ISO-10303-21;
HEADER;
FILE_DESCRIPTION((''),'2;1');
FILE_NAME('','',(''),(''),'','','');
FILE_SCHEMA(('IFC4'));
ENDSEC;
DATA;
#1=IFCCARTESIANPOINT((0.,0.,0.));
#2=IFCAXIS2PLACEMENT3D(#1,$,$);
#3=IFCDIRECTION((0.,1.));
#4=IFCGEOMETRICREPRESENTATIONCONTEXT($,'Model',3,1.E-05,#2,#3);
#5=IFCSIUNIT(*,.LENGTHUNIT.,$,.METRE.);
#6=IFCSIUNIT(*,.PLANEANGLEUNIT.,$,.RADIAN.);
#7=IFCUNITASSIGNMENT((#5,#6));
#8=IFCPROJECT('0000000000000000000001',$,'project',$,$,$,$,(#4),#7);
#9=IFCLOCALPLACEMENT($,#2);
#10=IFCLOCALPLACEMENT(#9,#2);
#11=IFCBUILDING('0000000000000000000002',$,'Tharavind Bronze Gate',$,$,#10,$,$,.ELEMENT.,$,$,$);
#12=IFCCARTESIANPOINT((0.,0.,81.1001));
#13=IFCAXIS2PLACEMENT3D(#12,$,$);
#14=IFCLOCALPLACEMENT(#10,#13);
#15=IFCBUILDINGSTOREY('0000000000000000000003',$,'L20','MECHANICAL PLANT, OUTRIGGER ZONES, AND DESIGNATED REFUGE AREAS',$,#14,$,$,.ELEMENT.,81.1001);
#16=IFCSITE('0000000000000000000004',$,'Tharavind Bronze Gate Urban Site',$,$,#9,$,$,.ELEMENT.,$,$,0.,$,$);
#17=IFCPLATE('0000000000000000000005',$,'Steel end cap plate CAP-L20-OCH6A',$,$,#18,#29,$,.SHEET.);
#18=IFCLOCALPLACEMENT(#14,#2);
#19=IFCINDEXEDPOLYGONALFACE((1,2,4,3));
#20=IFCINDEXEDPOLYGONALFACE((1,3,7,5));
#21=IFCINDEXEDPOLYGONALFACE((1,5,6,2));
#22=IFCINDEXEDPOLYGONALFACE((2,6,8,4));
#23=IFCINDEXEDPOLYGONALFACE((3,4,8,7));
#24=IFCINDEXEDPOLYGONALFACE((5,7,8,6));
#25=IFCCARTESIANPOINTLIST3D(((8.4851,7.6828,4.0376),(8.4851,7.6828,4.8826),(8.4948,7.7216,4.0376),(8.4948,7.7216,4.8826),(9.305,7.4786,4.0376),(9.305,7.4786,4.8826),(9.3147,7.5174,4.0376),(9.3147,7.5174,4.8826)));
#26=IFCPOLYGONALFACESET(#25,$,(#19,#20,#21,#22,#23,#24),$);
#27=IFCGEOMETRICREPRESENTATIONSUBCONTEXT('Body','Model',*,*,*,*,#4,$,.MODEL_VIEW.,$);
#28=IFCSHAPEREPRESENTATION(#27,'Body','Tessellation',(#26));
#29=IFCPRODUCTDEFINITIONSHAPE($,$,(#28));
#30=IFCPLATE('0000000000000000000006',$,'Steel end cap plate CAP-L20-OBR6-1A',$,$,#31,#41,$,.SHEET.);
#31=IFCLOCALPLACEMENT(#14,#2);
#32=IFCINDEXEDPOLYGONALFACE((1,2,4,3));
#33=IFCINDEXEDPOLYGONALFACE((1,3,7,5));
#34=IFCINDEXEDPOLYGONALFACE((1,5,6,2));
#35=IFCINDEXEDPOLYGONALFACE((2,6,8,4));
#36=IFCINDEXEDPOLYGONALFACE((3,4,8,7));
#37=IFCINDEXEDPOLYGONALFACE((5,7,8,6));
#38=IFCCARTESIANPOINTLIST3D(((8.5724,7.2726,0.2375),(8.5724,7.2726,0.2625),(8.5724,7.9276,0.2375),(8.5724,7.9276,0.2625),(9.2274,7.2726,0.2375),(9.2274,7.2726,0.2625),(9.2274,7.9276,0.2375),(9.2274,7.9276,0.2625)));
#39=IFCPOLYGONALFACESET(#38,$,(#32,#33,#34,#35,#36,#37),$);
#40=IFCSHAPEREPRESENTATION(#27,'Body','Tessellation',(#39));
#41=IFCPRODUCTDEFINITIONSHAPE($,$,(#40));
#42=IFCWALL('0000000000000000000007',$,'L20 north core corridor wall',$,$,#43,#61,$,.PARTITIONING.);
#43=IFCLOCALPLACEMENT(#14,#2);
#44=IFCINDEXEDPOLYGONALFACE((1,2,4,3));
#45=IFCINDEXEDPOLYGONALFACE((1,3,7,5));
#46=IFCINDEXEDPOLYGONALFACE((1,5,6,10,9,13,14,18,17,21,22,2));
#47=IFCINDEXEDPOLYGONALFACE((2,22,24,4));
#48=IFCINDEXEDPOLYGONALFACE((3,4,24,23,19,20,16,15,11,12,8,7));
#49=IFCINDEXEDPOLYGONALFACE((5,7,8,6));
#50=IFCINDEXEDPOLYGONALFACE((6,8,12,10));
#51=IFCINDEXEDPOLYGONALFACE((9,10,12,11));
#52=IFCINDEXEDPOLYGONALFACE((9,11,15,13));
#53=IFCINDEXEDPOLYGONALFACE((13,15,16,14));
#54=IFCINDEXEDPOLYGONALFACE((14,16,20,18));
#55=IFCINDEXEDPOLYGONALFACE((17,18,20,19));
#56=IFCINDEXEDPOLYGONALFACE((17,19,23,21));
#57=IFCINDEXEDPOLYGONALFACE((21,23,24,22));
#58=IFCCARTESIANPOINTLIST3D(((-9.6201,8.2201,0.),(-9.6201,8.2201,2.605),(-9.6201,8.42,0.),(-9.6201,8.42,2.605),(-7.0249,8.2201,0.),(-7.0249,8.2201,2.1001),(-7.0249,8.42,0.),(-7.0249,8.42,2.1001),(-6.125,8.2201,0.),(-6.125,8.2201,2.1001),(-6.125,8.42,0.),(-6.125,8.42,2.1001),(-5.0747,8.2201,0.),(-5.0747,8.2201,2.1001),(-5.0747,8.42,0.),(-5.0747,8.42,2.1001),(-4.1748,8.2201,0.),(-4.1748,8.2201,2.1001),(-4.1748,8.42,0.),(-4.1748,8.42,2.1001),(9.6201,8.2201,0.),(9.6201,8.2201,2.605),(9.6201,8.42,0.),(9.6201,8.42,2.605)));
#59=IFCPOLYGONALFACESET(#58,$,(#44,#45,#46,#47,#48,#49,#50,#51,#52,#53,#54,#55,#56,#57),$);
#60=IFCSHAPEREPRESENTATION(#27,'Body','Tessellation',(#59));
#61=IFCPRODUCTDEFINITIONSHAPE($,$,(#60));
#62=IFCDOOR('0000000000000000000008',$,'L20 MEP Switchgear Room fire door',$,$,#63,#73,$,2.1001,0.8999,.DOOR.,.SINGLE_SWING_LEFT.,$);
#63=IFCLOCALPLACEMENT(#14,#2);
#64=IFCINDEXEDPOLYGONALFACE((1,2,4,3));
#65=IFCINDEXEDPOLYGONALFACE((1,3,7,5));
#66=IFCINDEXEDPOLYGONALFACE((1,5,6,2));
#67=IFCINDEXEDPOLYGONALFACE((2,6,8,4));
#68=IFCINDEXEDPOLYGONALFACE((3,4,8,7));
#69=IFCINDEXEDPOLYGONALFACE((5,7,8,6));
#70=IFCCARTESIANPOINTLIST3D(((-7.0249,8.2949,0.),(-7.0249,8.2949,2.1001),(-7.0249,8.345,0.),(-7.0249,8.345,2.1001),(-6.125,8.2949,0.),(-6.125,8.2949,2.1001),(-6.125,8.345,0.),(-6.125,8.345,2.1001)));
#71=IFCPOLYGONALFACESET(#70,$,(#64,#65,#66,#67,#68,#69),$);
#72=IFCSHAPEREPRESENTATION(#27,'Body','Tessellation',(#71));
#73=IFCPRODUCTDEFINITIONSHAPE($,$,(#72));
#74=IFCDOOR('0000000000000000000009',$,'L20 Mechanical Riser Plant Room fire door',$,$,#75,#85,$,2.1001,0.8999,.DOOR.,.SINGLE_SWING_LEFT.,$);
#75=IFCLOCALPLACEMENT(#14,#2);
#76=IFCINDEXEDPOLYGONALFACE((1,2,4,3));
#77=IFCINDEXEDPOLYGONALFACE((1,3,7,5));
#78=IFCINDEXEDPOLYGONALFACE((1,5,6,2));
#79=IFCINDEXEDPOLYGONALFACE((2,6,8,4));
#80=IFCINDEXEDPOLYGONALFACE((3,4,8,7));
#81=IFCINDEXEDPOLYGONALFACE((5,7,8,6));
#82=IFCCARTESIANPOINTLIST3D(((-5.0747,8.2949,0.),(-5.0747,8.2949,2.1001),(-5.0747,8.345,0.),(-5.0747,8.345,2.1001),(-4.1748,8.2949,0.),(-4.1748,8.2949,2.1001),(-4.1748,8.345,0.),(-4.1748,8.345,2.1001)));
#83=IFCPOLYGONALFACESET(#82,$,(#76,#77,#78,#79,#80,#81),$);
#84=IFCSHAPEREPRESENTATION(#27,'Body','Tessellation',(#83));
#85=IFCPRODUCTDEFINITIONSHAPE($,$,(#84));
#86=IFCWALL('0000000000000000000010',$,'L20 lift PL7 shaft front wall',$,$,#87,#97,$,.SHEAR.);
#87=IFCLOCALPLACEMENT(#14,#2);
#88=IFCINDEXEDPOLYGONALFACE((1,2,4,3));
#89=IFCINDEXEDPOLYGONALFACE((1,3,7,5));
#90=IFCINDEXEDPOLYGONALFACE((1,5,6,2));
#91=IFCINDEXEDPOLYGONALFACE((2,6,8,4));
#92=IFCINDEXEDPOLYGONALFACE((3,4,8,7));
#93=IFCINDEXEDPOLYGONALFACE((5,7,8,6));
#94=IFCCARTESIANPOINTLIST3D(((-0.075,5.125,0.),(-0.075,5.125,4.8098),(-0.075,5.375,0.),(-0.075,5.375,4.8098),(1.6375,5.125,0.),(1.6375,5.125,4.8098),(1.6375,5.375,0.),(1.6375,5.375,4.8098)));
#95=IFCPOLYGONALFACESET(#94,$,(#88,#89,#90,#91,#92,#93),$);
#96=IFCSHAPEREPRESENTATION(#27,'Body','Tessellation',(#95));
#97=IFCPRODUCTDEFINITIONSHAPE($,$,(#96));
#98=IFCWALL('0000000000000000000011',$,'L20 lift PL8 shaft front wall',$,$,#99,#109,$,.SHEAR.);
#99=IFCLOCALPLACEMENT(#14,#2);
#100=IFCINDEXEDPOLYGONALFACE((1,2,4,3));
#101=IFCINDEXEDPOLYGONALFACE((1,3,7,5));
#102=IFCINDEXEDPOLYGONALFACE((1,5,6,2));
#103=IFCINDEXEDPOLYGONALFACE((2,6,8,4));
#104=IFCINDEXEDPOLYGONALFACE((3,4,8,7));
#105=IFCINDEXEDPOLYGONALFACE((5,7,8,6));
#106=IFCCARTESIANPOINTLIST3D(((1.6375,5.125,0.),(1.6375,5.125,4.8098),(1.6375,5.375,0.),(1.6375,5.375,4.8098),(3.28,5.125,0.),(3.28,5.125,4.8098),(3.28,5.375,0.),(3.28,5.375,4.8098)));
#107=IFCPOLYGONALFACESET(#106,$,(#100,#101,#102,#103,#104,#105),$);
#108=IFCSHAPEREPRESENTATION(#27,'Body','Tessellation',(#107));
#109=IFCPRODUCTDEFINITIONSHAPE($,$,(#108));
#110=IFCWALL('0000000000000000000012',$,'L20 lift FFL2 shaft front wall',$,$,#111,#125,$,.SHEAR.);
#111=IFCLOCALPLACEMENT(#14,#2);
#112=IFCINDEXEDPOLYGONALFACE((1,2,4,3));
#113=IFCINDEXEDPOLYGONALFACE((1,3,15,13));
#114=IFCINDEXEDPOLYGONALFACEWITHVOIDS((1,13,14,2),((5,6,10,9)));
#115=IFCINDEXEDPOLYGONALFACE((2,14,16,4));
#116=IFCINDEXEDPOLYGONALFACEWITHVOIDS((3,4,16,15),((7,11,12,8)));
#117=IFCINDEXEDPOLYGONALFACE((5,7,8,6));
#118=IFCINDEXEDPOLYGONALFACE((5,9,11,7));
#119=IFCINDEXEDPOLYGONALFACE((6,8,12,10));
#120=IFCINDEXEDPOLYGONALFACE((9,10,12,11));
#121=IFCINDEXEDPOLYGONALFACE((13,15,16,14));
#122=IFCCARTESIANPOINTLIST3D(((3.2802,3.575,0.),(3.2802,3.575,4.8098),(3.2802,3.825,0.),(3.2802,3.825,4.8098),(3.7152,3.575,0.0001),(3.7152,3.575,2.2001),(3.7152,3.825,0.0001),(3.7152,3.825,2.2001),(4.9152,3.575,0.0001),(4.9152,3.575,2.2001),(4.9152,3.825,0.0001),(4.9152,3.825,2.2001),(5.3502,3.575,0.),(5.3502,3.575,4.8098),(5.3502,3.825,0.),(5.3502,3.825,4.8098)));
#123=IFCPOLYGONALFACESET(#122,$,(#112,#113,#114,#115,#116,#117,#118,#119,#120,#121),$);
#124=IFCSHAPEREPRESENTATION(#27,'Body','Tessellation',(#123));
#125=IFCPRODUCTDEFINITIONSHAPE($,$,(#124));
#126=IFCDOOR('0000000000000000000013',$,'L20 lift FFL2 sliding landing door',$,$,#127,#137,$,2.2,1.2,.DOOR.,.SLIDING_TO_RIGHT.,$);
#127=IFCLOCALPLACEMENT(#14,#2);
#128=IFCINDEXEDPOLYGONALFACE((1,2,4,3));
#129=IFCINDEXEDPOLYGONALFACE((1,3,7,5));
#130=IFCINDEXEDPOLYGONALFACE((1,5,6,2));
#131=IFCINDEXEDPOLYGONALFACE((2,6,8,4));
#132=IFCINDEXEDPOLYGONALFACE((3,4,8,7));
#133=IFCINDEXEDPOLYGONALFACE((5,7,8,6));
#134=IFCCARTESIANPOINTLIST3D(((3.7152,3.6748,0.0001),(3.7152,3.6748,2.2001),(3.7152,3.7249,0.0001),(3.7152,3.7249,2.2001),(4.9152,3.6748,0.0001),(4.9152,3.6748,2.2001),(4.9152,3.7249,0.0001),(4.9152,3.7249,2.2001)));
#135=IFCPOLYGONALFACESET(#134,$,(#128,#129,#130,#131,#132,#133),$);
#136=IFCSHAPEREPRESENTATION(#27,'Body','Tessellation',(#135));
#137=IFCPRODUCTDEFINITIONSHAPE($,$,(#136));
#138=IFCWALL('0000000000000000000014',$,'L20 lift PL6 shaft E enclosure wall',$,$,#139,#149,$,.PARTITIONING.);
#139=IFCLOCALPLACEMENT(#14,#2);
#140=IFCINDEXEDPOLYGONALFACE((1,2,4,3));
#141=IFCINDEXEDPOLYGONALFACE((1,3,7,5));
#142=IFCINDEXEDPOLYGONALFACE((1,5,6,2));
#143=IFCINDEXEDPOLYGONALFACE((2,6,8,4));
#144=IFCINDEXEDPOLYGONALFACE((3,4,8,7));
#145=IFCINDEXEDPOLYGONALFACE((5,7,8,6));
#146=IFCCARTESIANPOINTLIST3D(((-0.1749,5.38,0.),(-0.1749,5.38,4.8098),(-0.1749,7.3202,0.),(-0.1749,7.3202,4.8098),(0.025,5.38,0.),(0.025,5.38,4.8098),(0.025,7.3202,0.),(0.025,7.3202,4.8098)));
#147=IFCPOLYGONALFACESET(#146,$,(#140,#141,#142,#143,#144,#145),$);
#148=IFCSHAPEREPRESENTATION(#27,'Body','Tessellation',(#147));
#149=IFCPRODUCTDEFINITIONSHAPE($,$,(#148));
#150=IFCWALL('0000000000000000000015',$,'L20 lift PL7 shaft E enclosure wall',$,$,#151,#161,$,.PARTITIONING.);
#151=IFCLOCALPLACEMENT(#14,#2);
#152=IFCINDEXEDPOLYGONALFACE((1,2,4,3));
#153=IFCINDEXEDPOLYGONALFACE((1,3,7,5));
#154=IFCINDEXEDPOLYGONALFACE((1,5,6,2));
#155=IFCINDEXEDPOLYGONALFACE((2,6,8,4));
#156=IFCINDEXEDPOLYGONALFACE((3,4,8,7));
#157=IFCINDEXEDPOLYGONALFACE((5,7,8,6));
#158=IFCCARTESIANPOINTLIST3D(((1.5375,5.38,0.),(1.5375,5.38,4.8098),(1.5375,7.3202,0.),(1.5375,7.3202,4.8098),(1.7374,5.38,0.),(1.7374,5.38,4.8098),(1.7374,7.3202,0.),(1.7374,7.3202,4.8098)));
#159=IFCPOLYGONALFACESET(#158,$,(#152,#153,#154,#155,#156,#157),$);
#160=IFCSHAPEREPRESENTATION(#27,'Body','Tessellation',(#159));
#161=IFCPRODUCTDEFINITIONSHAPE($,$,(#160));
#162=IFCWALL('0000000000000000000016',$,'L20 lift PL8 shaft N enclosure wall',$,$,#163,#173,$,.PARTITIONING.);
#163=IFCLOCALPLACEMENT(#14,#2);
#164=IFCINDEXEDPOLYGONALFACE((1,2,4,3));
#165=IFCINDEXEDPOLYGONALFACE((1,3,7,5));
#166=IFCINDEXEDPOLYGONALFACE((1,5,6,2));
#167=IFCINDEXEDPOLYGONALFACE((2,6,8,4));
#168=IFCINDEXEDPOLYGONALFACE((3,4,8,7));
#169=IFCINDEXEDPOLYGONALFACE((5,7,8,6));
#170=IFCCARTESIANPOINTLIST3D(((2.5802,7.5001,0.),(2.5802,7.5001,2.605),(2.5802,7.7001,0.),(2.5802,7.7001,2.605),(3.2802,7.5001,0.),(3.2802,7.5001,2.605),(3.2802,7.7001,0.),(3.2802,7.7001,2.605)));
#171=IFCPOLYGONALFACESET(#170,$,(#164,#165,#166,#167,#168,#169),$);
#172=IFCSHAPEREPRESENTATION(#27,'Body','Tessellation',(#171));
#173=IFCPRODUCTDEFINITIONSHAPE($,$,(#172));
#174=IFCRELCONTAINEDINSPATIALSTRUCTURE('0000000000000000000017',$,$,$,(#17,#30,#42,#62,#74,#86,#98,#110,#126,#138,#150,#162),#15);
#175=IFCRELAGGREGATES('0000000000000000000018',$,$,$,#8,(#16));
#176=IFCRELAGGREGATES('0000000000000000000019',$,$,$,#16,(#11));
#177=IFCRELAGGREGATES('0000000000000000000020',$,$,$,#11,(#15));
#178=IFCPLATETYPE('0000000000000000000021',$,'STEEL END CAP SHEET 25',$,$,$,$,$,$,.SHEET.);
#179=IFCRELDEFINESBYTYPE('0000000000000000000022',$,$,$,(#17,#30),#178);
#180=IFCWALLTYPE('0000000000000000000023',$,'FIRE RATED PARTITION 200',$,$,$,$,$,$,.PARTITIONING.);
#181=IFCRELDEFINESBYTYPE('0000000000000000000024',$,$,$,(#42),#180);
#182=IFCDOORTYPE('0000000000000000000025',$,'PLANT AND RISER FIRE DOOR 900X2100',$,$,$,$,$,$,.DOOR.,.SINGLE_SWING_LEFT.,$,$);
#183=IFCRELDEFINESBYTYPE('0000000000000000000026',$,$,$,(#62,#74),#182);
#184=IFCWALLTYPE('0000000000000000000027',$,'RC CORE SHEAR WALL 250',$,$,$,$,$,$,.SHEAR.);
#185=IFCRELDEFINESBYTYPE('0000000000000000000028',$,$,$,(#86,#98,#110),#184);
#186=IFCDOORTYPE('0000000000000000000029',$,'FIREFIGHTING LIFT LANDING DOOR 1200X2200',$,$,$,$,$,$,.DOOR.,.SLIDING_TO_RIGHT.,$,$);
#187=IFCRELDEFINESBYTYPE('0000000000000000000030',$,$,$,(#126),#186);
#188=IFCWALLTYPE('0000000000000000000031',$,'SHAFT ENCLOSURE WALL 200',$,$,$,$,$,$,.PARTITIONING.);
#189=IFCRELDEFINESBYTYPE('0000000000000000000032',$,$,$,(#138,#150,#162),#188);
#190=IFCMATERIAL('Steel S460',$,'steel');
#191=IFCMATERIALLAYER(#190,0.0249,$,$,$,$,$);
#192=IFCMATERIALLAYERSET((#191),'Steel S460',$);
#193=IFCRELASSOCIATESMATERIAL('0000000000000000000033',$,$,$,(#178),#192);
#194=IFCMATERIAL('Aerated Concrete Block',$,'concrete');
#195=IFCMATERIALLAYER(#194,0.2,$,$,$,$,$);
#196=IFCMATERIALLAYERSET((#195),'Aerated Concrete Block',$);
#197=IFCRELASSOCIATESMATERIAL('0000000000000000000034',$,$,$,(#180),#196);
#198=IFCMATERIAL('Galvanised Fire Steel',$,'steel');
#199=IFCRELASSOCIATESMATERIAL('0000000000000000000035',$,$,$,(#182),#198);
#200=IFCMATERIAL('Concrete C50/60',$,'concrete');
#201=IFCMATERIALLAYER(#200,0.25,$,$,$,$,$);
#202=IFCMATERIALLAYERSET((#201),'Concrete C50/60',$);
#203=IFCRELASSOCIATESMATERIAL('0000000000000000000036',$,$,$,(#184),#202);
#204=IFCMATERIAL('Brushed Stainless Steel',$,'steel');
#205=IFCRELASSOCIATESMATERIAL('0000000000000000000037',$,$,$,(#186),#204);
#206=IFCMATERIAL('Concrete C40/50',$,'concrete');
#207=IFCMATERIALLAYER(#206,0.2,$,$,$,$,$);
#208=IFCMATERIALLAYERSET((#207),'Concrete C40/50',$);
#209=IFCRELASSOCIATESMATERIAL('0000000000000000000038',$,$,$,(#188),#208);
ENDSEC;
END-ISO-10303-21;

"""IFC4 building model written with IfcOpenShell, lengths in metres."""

from ifc_helpers import new_model, si_unit, direction, frame, frame_2d, origin, origin_2d, place, context, subcontext, project, spatial, rectangle, extrude, material, layer, layer_set, type_object, element, fill, save


model = new_model("IFC4")

# Units and contexts
model_context = context("Model", 3, precision=1e-05, world=origin(), true_north=direction((0.0, 1.0)))
body_context = subcontext(model_context, "Body", "Model", "MODEL_VIEW")
ifc_project = project(units=[si_unit("LENGTHUNIT", "METRE"), si_unit("PLANEANGLEUNIT", "RADIAN")], contexts=[model_context])

# Site, building, storey
site_placement = place(None, origin())
site = spatial("IfcSite", under=ifc_project, at=site_placement, Name="Tharavind Bronze Gate Urban Site", CompositionType="ELEMENT", RefElevation=0.0)
building_placement = place(site_placement, origin())
building = spatial("IfcBuilding", under=site, at=building_placement, Name="Tharavind Bronze Gate", CompositionType="ELEMENT")
storey_placement = place(building_placement, frame((0.0, 0.0, 81.1001)))
storey = spatial("IfcBuildingStorey", under=building, at=storey_placement, Name="L20", Description="MECHANICAL PLANT, OUTRIGGER ZONES, AND DESIGNATED REFUGE AREAS", CompositionType="ELEMENT", Elevation=81.1001)

# Shared definitions
ifc_material_1 = material(Name="Steel S460", Category="steel")

# Plates
ifc_layer_1 = layer(ifc_material_1, 0.0249)
ifc_layer_set_1 = layer_set([ifc_layer_1], Name="Steel S460")
plate_type = type_object("IfcPlateType", Name="STEEL END CAP SHEET 25", PredefinedType="SHEET", material=ifc_layer_set_1)
plate_1_placement = place(storey_placement, frame((8.8999, 7.6001, 4.0376), z_axis=(0.0, 0.0, 1.0), x_axis=(0.241646, 0.970365, 0.0)))
element("IfcPlate", 1, at=plate_1_placement, inside=storey, type_object=plate_type, Name="Steel end cap plate CAP-L20-OCH6A", PredefinedType="SHEET", context=body_context, shape_type="SweptSolid", body=[
    extrude(rectangle(XDim=0.04, YDim=0.845, at=origin_2d()), origin(), (0.0, 0.0, 1.0), 0.845),
])
plate_2_placement = place(storey_placement, frame((8.8999, 7.6001, 0.2375), z_axis=(0.0, 0.0, 1.0), x_axis=(1.0, 0.0, 0.0)))
element("IfcPlate", 2, at=plate_2_placement, inside=storey, type_object=plate_type, Name="Steel end cap plate CAP-L20-OBR6-1A", PredefinedType="SHEET", context=body_context, shape_type="SweptSolid", body=[
    extrude(rectangle(XDim=0.655, YDim=0.655, at=origin_2d()), origin(), (0.0, 0.0, 1.0), 0.0249),
])

# Wall, openings, doors
ifc_material_2 = material(Name="Aerated Concrete Block", Category="concrete")
ifc_layer_2 = layer(ifc_material_2, 0.2)
ifc_layer_set_2 = layer_set([ifc_layer_2], Name="Aerated Concrete Block")
wall_type_1 = type_object("IfcWallType", Name="FIRE RATED PARTITION 200", PredefinedType="PARTITIONING", material=ifc_layer_set_2)
wall_1_placement = place(storey_placement, frame((9.6201, 8.3201, 0.0), z_axis=(0.0, 0.0, 1.0), x_axis=(-1.0, 0.0, 0.0)))
wall_1 = element("IfcWall", 3, at=wall_1_placement, inside=storey, type_object=wall_type_1, Name="L20 north core corridor wall", PredefinedType="PARTITIONING", context=body_context, shape_type="SweptSolid", body=[
    extrude(rectangle(XDim=19.2402, YDim=0.2, at=frame_2d((9.6201, 0.0))), origin(), (0.0, 0.0, 1.0), 2.605),
])
opening_1_placement = place(wall_1_placement, frame((15.7451, 0.0, 0.0)))
opening_1 = element("IfcOpeningElement", 4, at=opening_1_placement, cuts=wall_1, PredefinedType="OPENING", context=body_context, shape_type="SweptSolid", body=[
    extrude(rectangle(XDim=0.8999, YDim=2.1001, at=frame_2d((0.45, 1.05))), frame((0.0, 0.1101, 0.0), z_axis=(0.0, -1.0, 0.0), x_axis=(1.0, 0.0, 0.0)), (0.0, 0.0, 1.0), 0.22),
])
opening_2_placement = place(wall_1_placement, frame((13.7949, 0.0, 0.0)))
opening_2 = element("IfcOpeningElement", 5, at=opening_2_placement, cuts=wall_1, PredefinedType="OPENING", context=body_context, shape_type="SweptSolid", body=[
    extrude(rectangle(XDim=0.8999, YDim=2.1001, at=frame_2d((0.45, 1.05))), frame((0.0, 0.1101, 0.0), z_axis=(0.0, -1.0, 0.0), x_axis=(1.0, 0.0, 0.0)), (0.0, 0.0, 1.0), 0.22),
])
ifc_material_3 = material(Name="Galvanised Fire Steel", Category="steel")
door_type_1 = type_object("IfcDoorType", Name="PLANT AND RISER FIRE DOOR 900X2100", OperationType="SINGLE_SWING_LEFT", PredefinedType="DOOR", material=ifc_material_3)
door_1_placement = place(opening_1_placement, frame((0.8999, 0.0, 0.0), z_axis=(0.0, 0.0, 1.0), x_axis=(-1.0, 0.0, 0.0)))
door_1 = element("IfcDoor", 6, at=door_1_placement, inside=storey, type_object=door_type_1, Name="L20 MEP Switchgear Room fire door", OperationType="SINGLE_SWING_LEFT", OverallHeight=2.1001, OverallWidth=0.8999, PredefinedType="DOOR", context=body_context, shape_type="SweptSolid", body=[
    extrude(rectangle(XDim=0.8999, YDim=2.1001, at=frame_2d((0.45, 1.05))), frame((0.0, 0.0249, 0.0), z_axis=(0.0, -1.0, 0.0), x_axis=(1.0, 0.0, 0.0)), (0.0, 0.0, 1.0), 0.05),
])
fill(opening_1, door_1)
door_2_placement = place(opening_2_placement, frame((0.8999, 0.0, 0.0), z_axis=(0.0, 0.0, 1.0), x_axis=(-1.0, 0.0, 0.0)))
door_2 = element("IfcDoor", 7, at=door_2_placement, inside=storey, type_object=door_type_1, Name="L20 Mechanical Riser Plant Room fire door", OperationType="SINGLE_SWING_LEFT", OverallHeight=2.1001, OverallWidth=0.8999, PredefinedType="DOOR", context=body_context, shape_type="SweptSolid", body=[
    extrude(rectangle(XDim=0.8999, YDim=2.1001, at=frame_2d((0.45, 1.05))), frame((0.0, 0.0249, 0.0), z_axis=(0.0, -1.0, 0.0), x_axis=(1.0, 0.0, 0.0)), (0.0, 0.0, 1.0), 0.05),
])
fill(opening_2, door_2)

# Shared definitions
ifc_material_4 = material(Name="Concrete C50/60", Category="concrete")
ifc_layer_3 = layer(ifc_material_4, 0.25)
ifc_layer_set_3 = layer_set([ifc_layer_3], Name="Concrete C50/60")
wall_type_2 = type_object("IfcWallType", Name="RC CORE SHEAR WALL 250", PredefinedType="SHEAR", material=ifc_layer_set_3)

# Walls
wall_2_placement = place(storey_placement, frame((-0.075, 5.25, 0.0), z_axis=(0.0, 0.0, 1.0), x_axis=(1.0, 0.0, 0.0)))
element("IfcWall", 8, at=wall_2_placement, inside=storey, type_object=wall_type_2, Name="L20 lift PL7 shaft front wall", PredefinedType="SHEAR", context=body_context, shape_type="SweptSolid", body=[
    extrude(rectangle(XDim=1.7124, YDim=0.25, at=frame_2d((0.8562, 0.0))), origin(), (0.0, 0.0, 1.0), 4.8098),
])
wall_3_placement = place(storey_placement, frame((1.6375, 5.25, 0.0), z_axis=(0.0, 0.0, 1.0), x_axis=(1.0, 0.0, 0.0)))
element("IfcWall", 9, at=wall_3_placement, inside=storey, type_object=wall_type_2, Name="L20 lift PL8 shaft front wall", PredefinedType="SHEAR", context=body_context, shape_type="SweptSolid", body=[
    extrude(rectangle(XDim=1.6426, YDim=0.25, at=frame_2d((0.8213, 0.0))), origin(), (0.0, 0.0, 1.0), 4.8098),
])

# Wall, opening, door
wall_4_placement = place(storey_placement, frame((3.28, 3.7, 0.0), z_axis=(0.0, 0.0, 1.0), x_axis=(1.0, 0.0, 0.0)))
wall_4 = element("IfcWall", 10, at=wall_4_placement, inside=storey, type_object=wall_type_2, Name="L20 lift FFL2 shaft front wall", PredefinedType="SHEAR", context=body_context, shape_type="SweptSolid", body=[
    extrude(rectangle(XDim=2.0701, YDim=0.25, at=frame_2d((1.0352, 0.0))), origin(), (0.0, 0.0, 1.0), 4.8098),
])
opening_3_placement = place(wall_4_placement, frame((0.4351, 0.0, 0.0)))
opening_3 = element("IfcOpeningElement", 11, at=opening_3_placement, cuts=wall_4, PredefinedType="OPENING", context=body_context, shape_type="SweptSolid", body=[
    extrude(rectangle(XDim=1.2, YDim=2.2, at=frame_2d((0.6001, 1.1001))), frame((0.0, 0.135, 0.0), z_axis=(0.0, -1.0, 0.0), x_axis=(1.0, 0.0, 0.0)), (0.0, 0.0, 1.0), 0.27),
])
ifc_material_5 = material(Name="Brushed Stainless Steel", Category="steel")
door_type_2 = type_object("IfcDoorType", Name="FIREFIGHTING LIFT LANDING DOOR 1200X2200", OperationType="SLIDING_TO_RIGHT", PredefinedType="DOOR", material=ifc_material_5)
door_3_placement = place(opening_3_placement, origin())
door_3 = element("IfcDoor", 12, at=door_3_placement, inside=storey, type_object=door_type_2, Name="L20 lift FFL2 sliding landing door", OperationType="SLIDING_TO_RIGHT", OverallHeight=2.2, OverallWidth=1.2, PredefinedType="DOOR", context=body_context, shape_type="SweptSolid", body=[
    extrude(rectangle(XDim=1.2, YDim=2.2, at=frame_2d((0.6001, 1.1001))), frame((0.0, 0.0249, 0.0), z_axis=(0.0, -1.0, 0.0), x_axis=(1.0, 0.0, 0.0)), (0.0, 0.0, 1.0), 0.05),
])
fill(opening_3, door_3)

# Walls
ifc_material_6 = material(Name="Concrete C40/50", Category="concrete")
ifc_layer_4 = layer(ifc_material_6, 0.2)
ifc_layer_set_4 = layer_set([ifc_layer_4], Name="Concrete C40/50")
wall_type_3 = type_object("IfcWallType", Name="SHAFT ENCLOSURE WALL 200", PredefinedType="PARTITIONING", material=ifc_layer_set_4)
for number, where, z_axis, x_axis, name in (
    (13, (-0.075, 5.3799, 0.0), (0.0, 0.0, 1.0), (0.0, 1.0, 0.0), "L20 lift PL6 shaft E enclosure wall"),
    (14, (1.6375, 5.3799, 0.0), (0.0, 0.0, 1.0), (0.0, 1.0, 0.0), "L20 lift PL7 shaft E enclosure wall"),
):
    element("IfcWall", number, at=place(storey_placement, frame(where, z_axis=z_axis, x_axis=x_axis)), inside=storey, type_object=wall_type_3, Name=name, PredefinedType="PARTITIONING", context=body_context, shape_type="SweptSolid", body=[
        extrude(rectangle(XDim=1.9402, YDim=0.2, at=frame_2d((0.9702, 0.0))), origin(), (0.0, 0.0, 1.0), 4.8098),
    ])
wall_5_placement = place(storey_placement, frame((2.5801, 7.6001, 0.0), z_axis=(0.0, 0.0, 1.0), x_axis=(1.0, 0.0, 0.0)))
element("IfcWall", 15, at=wall_5_placement, inside=storey, type_object=wall_type_3, Name="L20 lift PL8 shaft N enclosure wall", PredefinedType="PARTITIONING", context=body_context, shape_type="SweptSolid", body=[
    extrude(rectangle(XDim=0.7, YDim=0.2, at=frame_2d((0.3501, 0.0))), origin(), (0.0, 0.0, 1.0), 2.605),
])

save(model, "model.ifc")
